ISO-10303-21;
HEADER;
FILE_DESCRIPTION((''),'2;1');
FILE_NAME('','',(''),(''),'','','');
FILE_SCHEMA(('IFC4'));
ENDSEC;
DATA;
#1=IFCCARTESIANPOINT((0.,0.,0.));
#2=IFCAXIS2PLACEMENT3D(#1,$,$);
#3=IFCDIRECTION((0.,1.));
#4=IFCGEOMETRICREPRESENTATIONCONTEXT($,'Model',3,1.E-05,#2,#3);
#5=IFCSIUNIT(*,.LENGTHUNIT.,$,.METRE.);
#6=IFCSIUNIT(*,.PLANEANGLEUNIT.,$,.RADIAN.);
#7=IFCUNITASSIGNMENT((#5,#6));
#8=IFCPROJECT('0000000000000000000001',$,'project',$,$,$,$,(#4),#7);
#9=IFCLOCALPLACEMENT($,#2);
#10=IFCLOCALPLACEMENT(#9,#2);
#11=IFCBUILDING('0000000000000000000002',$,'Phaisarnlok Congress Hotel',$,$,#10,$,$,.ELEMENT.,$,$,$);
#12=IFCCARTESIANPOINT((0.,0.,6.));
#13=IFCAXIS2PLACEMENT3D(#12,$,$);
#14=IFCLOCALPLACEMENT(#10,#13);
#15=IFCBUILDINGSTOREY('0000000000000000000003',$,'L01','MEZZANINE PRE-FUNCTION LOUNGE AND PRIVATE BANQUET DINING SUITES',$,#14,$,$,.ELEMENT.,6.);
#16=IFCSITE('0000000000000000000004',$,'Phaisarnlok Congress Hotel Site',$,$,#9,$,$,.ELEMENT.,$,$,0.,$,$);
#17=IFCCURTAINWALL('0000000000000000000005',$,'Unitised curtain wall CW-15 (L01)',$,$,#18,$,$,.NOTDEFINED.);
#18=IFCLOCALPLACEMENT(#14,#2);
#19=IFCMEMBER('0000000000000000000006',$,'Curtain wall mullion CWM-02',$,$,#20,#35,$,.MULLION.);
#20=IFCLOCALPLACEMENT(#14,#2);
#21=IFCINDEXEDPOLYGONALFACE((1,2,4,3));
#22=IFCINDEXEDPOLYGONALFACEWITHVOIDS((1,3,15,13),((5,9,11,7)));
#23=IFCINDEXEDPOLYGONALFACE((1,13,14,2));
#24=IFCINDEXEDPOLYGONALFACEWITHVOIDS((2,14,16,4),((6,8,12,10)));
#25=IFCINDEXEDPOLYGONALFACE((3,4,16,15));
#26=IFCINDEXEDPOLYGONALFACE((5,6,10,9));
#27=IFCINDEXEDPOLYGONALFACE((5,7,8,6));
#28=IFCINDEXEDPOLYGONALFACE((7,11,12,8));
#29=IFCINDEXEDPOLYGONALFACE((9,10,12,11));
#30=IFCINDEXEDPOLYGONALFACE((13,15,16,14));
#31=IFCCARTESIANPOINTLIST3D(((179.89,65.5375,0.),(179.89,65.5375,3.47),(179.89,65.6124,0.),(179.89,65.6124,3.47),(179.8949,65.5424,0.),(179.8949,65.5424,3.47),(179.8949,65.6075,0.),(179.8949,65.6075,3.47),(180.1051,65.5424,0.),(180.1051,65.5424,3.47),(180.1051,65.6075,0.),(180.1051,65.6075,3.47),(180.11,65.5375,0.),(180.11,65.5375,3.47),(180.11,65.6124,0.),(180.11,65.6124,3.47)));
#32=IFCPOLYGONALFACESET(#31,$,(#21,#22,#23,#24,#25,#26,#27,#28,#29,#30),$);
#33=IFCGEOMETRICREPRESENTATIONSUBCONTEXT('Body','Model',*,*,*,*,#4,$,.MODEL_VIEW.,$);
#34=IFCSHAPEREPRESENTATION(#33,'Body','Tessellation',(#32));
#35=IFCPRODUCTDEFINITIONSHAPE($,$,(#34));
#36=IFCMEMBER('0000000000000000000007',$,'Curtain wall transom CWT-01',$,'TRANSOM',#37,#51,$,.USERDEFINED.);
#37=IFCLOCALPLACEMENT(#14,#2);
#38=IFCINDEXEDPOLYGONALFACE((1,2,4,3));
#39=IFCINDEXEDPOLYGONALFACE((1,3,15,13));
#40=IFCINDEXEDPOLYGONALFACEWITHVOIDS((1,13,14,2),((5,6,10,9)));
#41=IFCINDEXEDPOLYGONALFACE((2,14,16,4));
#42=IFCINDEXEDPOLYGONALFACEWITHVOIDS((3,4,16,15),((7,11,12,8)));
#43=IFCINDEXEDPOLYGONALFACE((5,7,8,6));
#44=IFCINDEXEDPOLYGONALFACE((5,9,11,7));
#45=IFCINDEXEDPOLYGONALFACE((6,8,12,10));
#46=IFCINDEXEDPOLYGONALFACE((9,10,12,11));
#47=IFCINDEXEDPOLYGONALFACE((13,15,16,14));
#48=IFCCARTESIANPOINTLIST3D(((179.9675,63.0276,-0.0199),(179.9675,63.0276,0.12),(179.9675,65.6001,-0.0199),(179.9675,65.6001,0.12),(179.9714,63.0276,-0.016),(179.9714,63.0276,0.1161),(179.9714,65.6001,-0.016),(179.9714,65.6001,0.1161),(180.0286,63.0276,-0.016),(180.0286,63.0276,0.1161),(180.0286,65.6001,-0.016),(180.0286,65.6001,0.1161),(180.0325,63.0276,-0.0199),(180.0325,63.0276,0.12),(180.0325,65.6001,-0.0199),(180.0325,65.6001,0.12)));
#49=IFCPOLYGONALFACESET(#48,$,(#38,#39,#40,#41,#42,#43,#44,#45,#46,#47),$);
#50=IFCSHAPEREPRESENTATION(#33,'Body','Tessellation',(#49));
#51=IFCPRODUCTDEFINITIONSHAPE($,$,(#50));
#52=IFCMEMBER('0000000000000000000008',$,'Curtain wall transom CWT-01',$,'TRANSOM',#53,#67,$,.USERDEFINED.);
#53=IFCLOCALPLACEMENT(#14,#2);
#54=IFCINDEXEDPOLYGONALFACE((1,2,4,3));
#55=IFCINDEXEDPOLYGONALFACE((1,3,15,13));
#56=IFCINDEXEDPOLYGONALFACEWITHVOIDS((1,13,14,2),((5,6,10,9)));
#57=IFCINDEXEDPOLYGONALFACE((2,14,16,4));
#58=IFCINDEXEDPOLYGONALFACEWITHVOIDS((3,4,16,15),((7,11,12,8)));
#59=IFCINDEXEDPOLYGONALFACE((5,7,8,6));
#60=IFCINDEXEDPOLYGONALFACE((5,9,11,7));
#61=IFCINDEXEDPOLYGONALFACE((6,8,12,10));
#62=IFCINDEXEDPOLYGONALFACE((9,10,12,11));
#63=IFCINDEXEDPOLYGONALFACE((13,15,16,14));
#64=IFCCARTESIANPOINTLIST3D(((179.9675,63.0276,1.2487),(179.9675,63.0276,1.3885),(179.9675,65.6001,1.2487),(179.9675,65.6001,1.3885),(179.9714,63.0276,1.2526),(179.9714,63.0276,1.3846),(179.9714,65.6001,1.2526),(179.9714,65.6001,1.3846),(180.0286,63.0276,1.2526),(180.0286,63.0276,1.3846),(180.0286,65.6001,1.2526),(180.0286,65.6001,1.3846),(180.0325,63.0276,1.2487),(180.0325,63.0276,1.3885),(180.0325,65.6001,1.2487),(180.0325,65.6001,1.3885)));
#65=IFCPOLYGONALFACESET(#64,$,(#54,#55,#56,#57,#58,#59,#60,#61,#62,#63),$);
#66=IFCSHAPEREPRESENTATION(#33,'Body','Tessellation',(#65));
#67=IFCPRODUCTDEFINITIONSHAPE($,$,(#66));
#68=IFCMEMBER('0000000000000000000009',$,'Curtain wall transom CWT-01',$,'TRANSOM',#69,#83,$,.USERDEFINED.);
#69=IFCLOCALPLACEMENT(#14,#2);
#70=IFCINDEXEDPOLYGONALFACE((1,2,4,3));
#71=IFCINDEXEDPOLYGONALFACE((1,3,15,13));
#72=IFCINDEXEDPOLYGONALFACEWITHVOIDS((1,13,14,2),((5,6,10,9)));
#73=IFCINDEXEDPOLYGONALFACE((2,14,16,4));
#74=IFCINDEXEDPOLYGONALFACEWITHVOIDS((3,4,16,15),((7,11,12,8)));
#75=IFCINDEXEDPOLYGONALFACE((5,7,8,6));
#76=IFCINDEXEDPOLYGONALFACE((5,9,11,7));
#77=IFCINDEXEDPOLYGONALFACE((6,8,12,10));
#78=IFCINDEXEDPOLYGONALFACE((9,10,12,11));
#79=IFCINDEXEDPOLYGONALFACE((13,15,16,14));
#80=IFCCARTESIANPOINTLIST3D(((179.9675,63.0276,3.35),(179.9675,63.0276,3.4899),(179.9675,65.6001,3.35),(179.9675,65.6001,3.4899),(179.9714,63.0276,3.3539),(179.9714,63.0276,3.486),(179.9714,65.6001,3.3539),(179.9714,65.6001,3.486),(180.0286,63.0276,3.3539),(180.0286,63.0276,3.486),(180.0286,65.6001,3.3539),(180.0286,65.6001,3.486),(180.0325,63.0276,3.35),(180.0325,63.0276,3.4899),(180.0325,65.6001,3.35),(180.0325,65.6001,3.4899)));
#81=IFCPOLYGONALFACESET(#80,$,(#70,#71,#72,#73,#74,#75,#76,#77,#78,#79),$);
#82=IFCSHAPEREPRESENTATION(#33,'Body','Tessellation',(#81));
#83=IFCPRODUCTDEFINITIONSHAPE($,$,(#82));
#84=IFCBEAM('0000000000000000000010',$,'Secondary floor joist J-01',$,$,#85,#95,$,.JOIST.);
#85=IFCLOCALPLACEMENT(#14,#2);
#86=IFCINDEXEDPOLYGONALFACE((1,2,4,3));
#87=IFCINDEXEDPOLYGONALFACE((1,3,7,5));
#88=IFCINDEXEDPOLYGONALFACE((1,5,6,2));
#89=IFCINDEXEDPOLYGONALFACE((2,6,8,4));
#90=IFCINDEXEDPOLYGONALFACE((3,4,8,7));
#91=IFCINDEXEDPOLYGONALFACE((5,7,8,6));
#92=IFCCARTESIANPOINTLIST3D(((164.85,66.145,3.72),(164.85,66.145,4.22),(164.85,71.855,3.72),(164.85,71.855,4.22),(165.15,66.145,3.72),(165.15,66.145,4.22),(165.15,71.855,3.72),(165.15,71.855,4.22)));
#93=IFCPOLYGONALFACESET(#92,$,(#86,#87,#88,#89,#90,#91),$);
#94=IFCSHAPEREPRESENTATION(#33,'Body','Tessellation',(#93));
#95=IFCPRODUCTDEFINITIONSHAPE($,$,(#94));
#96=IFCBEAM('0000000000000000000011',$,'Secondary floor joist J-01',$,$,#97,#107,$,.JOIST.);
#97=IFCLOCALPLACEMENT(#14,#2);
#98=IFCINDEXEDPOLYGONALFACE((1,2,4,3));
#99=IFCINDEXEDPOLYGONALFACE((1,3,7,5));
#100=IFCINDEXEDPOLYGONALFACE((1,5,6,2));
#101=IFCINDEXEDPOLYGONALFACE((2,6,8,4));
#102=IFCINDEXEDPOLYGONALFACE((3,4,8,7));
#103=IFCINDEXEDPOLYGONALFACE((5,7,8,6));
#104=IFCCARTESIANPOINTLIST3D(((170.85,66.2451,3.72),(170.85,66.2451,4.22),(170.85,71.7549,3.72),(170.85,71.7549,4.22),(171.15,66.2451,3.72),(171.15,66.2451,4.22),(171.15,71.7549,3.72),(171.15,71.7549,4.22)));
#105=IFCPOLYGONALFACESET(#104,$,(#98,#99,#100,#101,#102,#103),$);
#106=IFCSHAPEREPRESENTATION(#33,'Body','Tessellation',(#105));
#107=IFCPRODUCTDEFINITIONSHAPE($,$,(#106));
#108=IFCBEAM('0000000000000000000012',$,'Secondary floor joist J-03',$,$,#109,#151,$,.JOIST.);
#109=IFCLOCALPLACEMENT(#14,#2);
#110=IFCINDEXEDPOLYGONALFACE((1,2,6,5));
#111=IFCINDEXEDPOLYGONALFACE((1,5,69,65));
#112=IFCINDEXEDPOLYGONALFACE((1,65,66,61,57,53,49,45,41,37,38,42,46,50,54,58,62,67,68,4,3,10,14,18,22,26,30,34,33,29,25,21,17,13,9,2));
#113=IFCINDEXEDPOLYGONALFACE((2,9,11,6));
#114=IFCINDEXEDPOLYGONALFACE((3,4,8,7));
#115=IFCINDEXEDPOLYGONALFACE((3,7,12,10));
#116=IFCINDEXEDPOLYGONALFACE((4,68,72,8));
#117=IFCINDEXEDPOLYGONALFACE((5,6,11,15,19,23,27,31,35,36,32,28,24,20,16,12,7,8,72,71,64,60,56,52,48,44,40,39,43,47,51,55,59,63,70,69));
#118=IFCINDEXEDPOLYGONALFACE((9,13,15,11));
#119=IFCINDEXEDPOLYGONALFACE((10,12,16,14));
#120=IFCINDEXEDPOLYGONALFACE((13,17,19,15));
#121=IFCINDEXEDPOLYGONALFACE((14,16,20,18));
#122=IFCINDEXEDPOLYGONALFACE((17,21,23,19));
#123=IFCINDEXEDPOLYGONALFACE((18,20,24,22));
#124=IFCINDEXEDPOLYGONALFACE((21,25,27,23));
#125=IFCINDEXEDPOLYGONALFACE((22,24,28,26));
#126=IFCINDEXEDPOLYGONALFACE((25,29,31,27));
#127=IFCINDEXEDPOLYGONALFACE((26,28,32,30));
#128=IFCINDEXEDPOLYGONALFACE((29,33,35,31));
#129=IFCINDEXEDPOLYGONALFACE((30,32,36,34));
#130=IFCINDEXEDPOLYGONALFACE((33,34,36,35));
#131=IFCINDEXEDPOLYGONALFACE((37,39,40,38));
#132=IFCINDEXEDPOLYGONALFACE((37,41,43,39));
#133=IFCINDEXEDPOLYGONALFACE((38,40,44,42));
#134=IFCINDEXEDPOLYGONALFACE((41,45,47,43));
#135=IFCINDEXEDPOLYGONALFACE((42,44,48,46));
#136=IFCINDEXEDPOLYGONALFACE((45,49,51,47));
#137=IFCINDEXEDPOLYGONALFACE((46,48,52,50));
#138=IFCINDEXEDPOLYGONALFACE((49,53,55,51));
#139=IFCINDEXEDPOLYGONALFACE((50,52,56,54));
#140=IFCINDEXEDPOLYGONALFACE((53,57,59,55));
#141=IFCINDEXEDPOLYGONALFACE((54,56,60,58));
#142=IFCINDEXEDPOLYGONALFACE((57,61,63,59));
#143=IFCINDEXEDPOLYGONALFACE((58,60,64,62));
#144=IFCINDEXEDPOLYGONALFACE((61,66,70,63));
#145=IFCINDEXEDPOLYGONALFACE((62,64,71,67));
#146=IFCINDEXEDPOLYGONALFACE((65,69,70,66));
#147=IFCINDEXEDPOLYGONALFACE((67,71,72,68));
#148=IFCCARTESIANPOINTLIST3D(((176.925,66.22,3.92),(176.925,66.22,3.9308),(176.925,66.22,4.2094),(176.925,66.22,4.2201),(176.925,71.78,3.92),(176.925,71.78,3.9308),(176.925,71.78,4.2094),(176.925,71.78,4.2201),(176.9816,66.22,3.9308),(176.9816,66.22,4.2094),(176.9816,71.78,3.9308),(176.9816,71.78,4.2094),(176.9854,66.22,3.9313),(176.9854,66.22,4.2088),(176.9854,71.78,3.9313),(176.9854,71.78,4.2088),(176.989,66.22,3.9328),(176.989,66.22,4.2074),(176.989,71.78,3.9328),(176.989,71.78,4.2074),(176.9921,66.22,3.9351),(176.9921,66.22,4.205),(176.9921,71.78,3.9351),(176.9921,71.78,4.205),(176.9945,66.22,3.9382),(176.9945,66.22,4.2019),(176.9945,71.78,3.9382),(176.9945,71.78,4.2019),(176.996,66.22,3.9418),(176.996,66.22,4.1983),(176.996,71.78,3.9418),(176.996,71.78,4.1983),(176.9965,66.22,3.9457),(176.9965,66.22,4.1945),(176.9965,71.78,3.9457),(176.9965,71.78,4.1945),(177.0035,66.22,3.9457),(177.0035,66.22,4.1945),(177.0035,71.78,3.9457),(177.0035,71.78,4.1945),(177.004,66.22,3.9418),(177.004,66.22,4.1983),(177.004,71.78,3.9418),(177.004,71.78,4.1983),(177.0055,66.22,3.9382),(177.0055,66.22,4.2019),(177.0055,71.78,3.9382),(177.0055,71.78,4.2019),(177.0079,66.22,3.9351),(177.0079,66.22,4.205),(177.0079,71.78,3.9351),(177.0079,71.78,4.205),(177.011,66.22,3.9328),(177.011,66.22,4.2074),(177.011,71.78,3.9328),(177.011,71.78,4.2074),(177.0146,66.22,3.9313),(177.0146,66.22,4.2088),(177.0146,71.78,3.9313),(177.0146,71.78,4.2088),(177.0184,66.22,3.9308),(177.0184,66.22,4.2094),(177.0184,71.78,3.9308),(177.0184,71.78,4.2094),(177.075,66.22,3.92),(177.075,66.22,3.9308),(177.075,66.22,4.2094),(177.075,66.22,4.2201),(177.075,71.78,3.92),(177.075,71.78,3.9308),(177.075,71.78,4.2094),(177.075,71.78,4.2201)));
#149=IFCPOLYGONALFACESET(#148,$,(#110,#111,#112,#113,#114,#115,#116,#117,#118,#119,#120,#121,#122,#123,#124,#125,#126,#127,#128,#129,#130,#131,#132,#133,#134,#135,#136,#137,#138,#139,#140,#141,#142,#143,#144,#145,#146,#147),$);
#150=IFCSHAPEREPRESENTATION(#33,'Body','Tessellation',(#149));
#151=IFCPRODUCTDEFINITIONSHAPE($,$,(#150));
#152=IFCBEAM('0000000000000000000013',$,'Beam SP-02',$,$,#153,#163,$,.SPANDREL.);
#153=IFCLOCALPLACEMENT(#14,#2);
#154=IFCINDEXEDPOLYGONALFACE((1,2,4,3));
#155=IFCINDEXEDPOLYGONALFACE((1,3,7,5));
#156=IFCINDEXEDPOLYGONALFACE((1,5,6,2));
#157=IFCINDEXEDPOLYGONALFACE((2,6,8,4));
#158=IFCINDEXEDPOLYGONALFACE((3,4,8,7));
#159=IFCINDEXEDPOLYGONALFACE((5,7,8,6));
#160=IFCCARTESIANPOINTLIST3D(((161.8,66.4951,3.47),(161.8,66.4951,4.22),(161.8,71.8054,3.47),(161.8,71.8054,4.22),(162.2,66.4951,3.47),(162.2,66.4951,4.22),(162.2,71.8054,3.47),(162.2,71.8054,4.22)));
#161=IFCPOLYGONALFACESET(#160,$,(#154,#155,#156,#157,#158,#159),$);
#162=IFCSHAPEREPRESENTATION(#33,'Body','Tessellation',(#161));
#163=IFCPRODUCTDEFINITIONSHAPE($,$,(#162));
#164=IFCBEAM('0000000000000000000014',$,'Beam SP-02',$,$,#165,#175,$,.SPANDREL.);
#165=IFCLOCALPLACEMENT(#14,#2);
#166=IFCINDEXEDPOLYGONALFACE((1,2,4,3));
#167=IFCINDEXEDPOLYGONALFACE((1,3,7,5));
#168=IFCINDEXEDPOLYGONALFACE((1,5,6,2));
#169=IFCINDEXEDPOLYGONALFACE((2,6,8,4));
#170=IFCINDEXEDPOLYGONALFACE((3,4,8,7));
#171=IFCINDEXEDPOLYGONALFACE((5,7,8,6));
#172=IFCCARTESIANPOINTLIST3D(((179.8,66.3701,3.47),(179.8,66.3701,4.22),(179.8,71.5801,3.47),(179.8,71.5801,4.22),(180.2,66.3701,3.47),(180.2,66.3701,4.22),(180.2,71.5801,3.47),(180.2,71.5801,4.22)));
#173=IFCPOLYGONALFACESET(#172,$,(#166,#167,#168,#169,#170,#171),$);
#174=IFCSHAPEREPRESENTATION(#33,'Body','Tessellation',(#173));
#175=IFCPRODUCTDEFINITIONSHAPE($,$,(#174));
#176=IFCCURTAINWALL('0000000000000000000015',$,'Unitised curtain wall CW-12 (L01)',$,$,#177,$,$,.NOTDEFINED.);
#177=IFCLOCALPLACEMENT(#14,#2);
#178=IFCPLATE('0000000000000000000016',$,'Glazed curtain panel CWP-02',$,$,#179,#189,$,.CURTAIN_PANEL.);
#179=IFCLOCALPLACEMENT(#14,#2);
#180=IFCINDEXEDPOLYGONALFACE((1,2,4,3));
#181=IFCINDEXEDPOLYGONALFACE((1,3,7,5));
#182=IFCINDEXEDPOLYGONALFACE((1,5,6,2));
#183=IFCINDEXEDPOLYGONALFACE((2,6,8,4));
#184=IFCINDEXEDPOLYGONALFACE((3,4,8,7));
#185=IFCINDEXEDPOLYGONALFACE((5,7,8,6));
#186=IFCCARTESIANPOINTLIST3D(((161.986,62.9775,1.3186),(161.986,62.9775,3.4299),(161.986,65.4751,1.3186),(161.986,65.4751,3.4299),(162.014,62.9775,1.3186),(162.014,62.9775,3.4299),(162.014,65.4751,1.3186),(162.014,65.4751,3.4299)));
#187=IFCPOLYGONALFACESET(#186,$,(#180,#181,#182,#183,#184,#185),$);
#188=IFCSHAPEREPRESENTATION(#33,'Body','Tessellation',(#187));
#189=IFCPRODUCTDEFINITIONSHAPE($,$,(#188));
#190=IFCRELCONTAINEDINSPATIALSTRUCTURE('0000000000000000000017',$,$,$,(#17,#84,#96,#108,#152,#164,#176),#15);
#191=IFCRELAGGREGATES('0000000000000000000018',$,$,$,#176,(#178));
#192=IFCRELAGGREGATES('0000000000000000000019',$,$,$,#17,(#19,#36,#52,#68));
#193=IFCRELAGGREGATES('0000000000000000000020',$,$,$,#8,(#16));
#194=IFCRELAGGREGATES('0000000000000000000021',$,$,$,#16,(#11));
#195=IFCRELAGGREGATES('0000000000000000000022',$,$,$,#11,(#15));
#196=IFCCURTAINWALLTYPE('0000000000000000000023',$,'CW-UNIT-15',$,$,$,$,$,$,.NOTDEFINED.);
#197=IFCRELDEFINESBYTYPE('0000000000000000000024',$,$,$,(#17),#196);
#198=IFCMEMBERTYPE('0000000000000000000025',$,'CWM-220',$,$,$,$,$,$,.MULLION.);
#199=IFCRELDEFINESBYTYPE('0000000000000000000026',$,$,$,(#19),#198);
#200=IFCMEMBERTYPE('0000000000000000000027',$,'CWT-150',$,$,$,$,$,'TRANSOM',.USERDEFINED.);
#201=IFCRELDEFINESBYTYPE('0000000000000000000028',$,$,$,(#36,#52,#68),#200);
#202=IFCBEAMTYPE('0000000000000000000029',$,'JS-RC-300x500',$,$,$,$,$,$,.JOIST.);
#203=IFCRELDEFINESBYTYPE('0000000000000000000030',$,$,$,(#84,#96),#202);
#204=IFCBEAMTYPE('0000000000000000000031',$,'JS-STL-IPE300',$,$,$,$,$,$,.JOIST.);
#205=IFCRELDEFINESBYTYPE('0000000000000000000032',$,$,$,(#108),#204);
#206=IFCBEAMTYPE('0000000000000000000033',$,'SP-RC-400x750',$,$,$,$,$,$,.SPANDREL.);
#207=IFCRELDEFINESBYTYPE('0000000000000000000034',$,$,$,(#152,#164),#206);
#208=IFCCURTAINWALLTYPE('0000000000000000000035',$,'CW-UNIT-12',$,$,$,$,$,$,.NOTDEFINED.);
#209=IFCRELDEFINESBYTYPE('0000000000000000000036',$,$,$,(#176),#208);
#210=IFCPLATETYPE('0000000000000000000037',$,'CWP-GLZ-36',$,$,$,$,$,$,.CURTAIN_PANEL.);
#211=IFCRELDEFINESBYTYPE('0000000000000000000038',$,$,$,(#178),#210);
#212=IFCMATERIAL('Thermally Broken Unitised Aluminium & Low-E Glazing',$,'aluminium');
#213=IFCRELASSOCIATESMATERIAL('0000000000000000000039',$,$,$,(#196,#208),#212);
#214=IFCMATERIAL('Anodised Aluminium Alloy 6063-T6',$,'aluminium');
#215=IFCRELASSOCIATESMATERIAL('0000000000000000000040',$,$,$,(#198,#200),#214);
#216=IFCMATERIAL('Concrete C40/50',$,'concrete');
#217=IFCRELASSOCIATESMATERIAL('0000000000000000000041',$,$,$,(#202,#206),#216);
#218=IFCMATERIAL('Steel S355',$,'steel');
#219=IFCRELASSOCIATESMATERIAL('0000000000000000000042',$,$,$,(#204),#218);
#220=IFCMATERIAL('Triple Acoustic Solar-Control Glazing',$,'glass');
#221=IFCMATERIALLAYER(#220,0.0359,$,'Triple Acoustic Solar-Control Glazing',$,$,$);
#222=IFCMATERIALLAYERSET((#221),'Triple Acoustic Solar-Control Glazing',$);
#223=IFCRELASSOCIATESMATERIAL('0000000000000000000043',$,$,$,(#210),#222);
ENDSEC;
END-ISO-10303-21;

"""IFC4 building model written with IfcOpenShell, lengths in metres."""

from ifc_helpers import new_model, si_unit, direction, frame, frame_2d, origin, origin_2d, place, context, subcontext, project, spatial, rectangle, hollow_rectangle, i_section, extrude, material, layer, layer_set, material_profile, profile_set, type_object, element, aggregate, save


model = new_model("IFC4")

# Units and contexts
model_context = context("Model", 3, precision=1e-05, world=origin(), true_north=direction((0.0, 1.0)))
body_context = subcontext(model_context, "Body", "Model", "MODEL_VIEW")
ifc_project = project(units=[si_unit("LENGTHUNIT", "METRE"), si_unit("PLANEANGLEUNIT", "RADIAN")], contexts=[model_context])

# Site, building, storey
site_placement = place(None, origin())
site = spatial("IfcSite", under=ifc_project, at=site_placement, Name="Phaisarnlok Congress Hotel Site", CompositionType="ELEMENT", RefElevation=0.0)
building_placement = place(site_placement, origin())
building = spatial("IfcBuilding", under=site, at=building_placement, Name="Phaisarnlok Congress Hotel", CompositionType="ELEMENT")
storey_placement = place(building_placement, frame((0.0, 0.0, 6.0)))
storey = spatial("IfcBuildingStorey", under=building, at=storey_placement, Name="L01", Description="MEZZANINE PRE-FUNCTION LOUNGE AND PRIVATE BANQUET DINING SUITES", CompositionType="ELEMENT", Elevation=6.0)

# Shared definitions
ifc_material_1 = material(Name="Steel S355", Category="steel")

# Shared definitions
ifc_material_2 = material(Name="Concrete C40/50", Category="concrete")

# Curtain wall, members
ifc_material_3 = material(Name="Thermally Broken Unitised Aluminium & Low-E Glazing", Category="aluminium")
curtain_wall_type_1 = type_object("IfcCurtainWallType", Name="CW-UNIT-15", PredefinedType="NOTDEFINED", material=ifc_material_3)
curtain_wall_1_placement = place(storey_placement, origin())
curtain_wall_1 = element("IfcCurtainWall", 1, at=curtain_wall_1_placement, inside=storey, type_object=curtain_wall_type_1, Name="Unitised curtain wall CW-15 (L01)", PredefinedType="NOTDEFINED")
ifc_material_4 = material(Name="Anodised Aluminium Alloy 6063-T6", Category="aluminium")
ifc_material_profile_1 = material_profile(ifc_material_4, hollow_rectangle(XDim=0.075, YDim=0.22, WallThickness=0.0049, at=origin_2d()), Name="ALU-M 75x220x5")
ifc_profile_set_1 = profile_set([ifc_material_profile_1], Name="Anodised Aluminium Alloy 6063-T6")
member_type_1 = type_object("IfcMemberType", Name="CWM-220", PredefinedType="MULLION", material=ifc_profile_set_1)
member_1_placement = place(storey_placement, frame((180.0, 65.575, 0.0), z_axis=(0.0, 0.0, 1.0), x_axis=(0.0, 1.0, 0.0)))
member_1 = element("IfcMember", 2, at=member_1_placement, type_object=member_type_1, Name="Curtain wall mullion CWM-02", PredefinedType="MULLION", context=body_context, shape_type="SweptSolid", body=[
    extrude(hollow_rectangle(XDim=0.075, YDim=0.22, WallThickness=0.0049, at=origin_2d()), origin(), (0.0, 0.0, 1.0), 3.47),
])
ifc_material_profile_2 = material_profile(ifc_material_4, hollow_rectangle(XDim=0.0649, YDim=0.1399, WallThickness=0.0039, at=origin_2d()), Name="ALU-T 65x140x4")
ifc_profile_set_2 = profile_set([ifc_material_profile_2], Name="Anodised Aluminium Alloy 6063-T6")
member_type_2 = type_object("IfcMemberType", Name="CWT-150", ElementType="TRANSOM", PredefinedType="USERDEFINED", material=ifc_profile_set_2)
member_2_placement = place(storey_placement, frame((180.0, 63.0276, 0.05), z_axis=(0.0, 1.0, 0.0), x_axis=(-1.0, 0.0, 0.0)))
member_2 = element("IfcMember", 3, at=member_2_placement, type_object=member_type_2, Name="Curtain wall transom CWT-01", ObjectType="TRANSOM", PredefinedType="USERDEFINED", context=body_context, shape_type="SweptSolid", body=[
    extrude(hollow_rectangle(XDim=0.0649, YDim=0.1399, WallThickness=0.0039, at=origin_2d()), origin(), (0.0, 0.0, 1.0), 2.5725),
])
member_3_placement = place(storey_placement, frame((180.0, 63.0276, 1.3186), z_axis=(0.0, 1.0, 0.0), x_axis=(-1.0, 0.0, 0.0)))
member_3 = element("IfcMember", 4, at=member_3_placement, type_object=member_type_2, Name="Curtain wall transom CWT-01", ObjectType="TRANSOM", PredefinedType="USERDEFINED", context=body_context, shape_type="SweptSolid", body=[
    extrude(hollow_rectangle(XDim=0.0649, YDim=0.1399, WallThickness=0.0039, at=origin_2d()), origin(), (0.0, 0.0, 1.0), 2.5725),
])
member_4_placement = place(storey_placement, frame((180.0, 63.0276, 3.4199), z_axis=(0.0, 1.0, 0.0), x_axis=(-1.0, 0.0, 0.0)))
member_4 = element("IfcMember", 5, at=member_4_placement, type_object=member_type_2, Name="Curtain wall transom CWT-01", ObjectType="TRANSOM", PredefinedType="USERDEFINED", context=body_context, shape_type="SweptSolid", body=[
    extrude(hollow_rectangle(XDim=0.0649, YDim=0.1399, WallThickness=0.0039, at=origin_2d()), origin(), (0.0, 0.0, 1.0), 2.5725),
])

# Beams
ifc_material_profile_3 = material_profile(ifc_material_2, rectangle(XDim=0.3, YDim=0.5, at=origin_2d()), Name="RC 300x500")
ifc_profile_set_3 = profile_set([ifc_material_profile_3], Name="Concrete C40/50")
beam_type_1 = type_object("IfcBeamType", Name="JS-RC-300x500", PredefinedType="JOIST", material=ifc_profile_set_3)
beam_1_placement = place(storey_placement, frame((165.0, 66.145, 3.97), z_axis=(0.0, 1.0, 0.0), x_axis=(-1.0, 0.0, 0.0)))
element("IfcBeam", 6, at=beam_1_placement, inside=storey, type_object=beam_type_1, Name="Secondary floor joist J-01", PredefinedType="JOIST", context=body_context, shape_type="SweptSolid", body=[
    extrude(rectangle(XDim=0.3, YDim=0.5, at=origin_2d()), origin(), (0.0, 0.0, 1.0), 5.71),
])
beam_2_placement = place(storey_placement, frame((171.0, 66.2451, 3.97), z_axis=(0.0, 1.0, 0.0), x_axis=(-1.0, 0.0, 0.0)))
element("IfcBeam", 7, at=beam_2_placement, inside=storey, type_object=beam_type_1, Name="Secondary floor joist J-01", PredefinedType="JOIST", context=body_context, shape_type="SweptSolid", body=[
    extrude(rectangle(XDim=0.3, YDim=0.5, at=origin_2d()), origin(), (0.0, 0.0, 1.0), 5.5098),
])
ifc_material_profile_4 = material_profile(ifc_material_1, i_section(OverallWidth=0.1499, OverallDepth=0.3, WebThickness=0.0071, FlangeThickness=0.0107, FilletRadius=0.0149, at=origin_2d()), Name="IPE 300")
ifc_profile_set_4 = profile_set([ifc_material_profile_4], Name="Steel S355")
beam_type_2 = type_object("IfcBeamType", Name="JS-STL-IPE300", PredefinedType="JOIST", material=ifc_profile_set_4)
beam_3_placement = place(storey_placement, frame((177.0, 66.22, 4.0701), z_axis=(0.0, 1.0, 0.0), x_axis=(-1.0, 0.0, 0.0)))
element("IfcBeam", 8, at=beam_3_placement, inside=storey, type_object=beam_type_2, Name="Secondary floor joist J-03", PredefinedType="JOIST", context=body_context, shape_type="SweptSolid", body=[
    extrude(i_section(OverallWidth=0.1499, OverallDepth=0.3, WebThickness=0.0071, FlangeThickness=0.0107, FilletRadius=0.0149, at=origin_2d()), origin(), (0.0, 0.0, 1.0), 5.5601),
])
ifc_material_profile_5 = material_profile(ifc_material_2, rectangle(XDim=0.3999, YDim=0.75, at=origin_2d()), Name="RC 400x750")
ifc_profile_set_5 = profile_set([ifc_material_profile_5], Name="Concrete C40/50")
beam_type_3 = type_object("IfcBeamType", Name="SP-RC-400x750", PredefinedType="SPANDREL", material=ifc_profile_set_5)
beam_4_placement = place(storey_placement, frame((162.0, 66.4951, 3.845), z_axis=(0.0, 1.0, 0.0), x_axis=(-1.0, 0.0, 0.0)))
element("IfcBeam", 9, at=beam_4_placement, inside=storey, type_object=beam_type_3, Name="Beam SP-02", PredefinedType="SPANDREL", context=body_context, shape_type="SweptSolid", body=[
    extrude(rectangle(XDim=0.3999, YDim=0.75, at=origin_2d()), origin(), (0.0, 0.0, 1.0), 5.3103),
])
beam_5_placement = place(storey_placement, frame((180.0, 66.3701, 3.845), z_axis=(0.0, 1.0, 0.0), x_axis=(-1.0, 0.0, 0.0)))
element("IfcBeam", 10, at=beam_5_placement, inside=storey, type_object=beam_type_3, Name="Beam SP-02", PredefinedType="SPANDREL", context=body_context, shape_type="SweptSolid", body=[
    extrude(rectangle(XDim=0.3999, YDim=0.75, at=origin_2d()), origin(), (0.0, 0.0, 1.0), 5.21),
])

# Curtain wall, plate
curtain_wall_type_2 = type_object("IfcCurtainWallType", Name="CW-UNIT-12", PredefinedType="NOTDEFINED", material=ifc_material_3)
curtain_wall_2_placement = place(storey_placement, origin())
curtain_wall_2 = element("IfcCurtainWall", 11, at=curtain_wall_2_placement, inside=storey, type_object=curtain_wall_type_2, Name="Unitised curtain wall CW-12 (L01)", PredefinedType="NOTDEFINED")
ifc_material_5 = material(Name="Triple Acoustic Solar-Control Glazing", Category="glass")
ifc_layer_1 = layer(ifc_material_5, 0.0359, Name="Triple Acoustic Solar-Control Glazing")
ifc_layer_set_1 = layer_set([ifc_layer_1], Name="Triple Acoustic Solar-Control Glazing")
plate_type = type_object("IfcPlateType", Name="CWP-GLZ-36", PredefinedType="CURTAIN_PANEL", material=ifc_layer_set_1)
plate_1_placement = place(storey_placement, frame((162.0, 65.4751, 1.3186), z_axis=(0.0, 0.0, 1.0), x_axis=(0.0, -1.0, 0.0)))
plate_1 = element("IfcPlate", 12, at=plate_1_placement, type_object=plate_type, Name="Glazed curtain panel CWP-02", PredefinedType="CURTAIN_PANEL", context=body_context, shape_type="SweptSolid", body=[
    extrude(rectangle(XDim=2.4976, YDim=0.0281, at=frame_2d((1.2488, 0.0))), origin(), (0.0, 0.0, 1.0), 2.1113),
])
aggregate(curtain_wall_2, [plate_1])

aggregate(curtain_wall_1, [member_1, member_2, member_3, member_4])

save(model, "model.ifc")
